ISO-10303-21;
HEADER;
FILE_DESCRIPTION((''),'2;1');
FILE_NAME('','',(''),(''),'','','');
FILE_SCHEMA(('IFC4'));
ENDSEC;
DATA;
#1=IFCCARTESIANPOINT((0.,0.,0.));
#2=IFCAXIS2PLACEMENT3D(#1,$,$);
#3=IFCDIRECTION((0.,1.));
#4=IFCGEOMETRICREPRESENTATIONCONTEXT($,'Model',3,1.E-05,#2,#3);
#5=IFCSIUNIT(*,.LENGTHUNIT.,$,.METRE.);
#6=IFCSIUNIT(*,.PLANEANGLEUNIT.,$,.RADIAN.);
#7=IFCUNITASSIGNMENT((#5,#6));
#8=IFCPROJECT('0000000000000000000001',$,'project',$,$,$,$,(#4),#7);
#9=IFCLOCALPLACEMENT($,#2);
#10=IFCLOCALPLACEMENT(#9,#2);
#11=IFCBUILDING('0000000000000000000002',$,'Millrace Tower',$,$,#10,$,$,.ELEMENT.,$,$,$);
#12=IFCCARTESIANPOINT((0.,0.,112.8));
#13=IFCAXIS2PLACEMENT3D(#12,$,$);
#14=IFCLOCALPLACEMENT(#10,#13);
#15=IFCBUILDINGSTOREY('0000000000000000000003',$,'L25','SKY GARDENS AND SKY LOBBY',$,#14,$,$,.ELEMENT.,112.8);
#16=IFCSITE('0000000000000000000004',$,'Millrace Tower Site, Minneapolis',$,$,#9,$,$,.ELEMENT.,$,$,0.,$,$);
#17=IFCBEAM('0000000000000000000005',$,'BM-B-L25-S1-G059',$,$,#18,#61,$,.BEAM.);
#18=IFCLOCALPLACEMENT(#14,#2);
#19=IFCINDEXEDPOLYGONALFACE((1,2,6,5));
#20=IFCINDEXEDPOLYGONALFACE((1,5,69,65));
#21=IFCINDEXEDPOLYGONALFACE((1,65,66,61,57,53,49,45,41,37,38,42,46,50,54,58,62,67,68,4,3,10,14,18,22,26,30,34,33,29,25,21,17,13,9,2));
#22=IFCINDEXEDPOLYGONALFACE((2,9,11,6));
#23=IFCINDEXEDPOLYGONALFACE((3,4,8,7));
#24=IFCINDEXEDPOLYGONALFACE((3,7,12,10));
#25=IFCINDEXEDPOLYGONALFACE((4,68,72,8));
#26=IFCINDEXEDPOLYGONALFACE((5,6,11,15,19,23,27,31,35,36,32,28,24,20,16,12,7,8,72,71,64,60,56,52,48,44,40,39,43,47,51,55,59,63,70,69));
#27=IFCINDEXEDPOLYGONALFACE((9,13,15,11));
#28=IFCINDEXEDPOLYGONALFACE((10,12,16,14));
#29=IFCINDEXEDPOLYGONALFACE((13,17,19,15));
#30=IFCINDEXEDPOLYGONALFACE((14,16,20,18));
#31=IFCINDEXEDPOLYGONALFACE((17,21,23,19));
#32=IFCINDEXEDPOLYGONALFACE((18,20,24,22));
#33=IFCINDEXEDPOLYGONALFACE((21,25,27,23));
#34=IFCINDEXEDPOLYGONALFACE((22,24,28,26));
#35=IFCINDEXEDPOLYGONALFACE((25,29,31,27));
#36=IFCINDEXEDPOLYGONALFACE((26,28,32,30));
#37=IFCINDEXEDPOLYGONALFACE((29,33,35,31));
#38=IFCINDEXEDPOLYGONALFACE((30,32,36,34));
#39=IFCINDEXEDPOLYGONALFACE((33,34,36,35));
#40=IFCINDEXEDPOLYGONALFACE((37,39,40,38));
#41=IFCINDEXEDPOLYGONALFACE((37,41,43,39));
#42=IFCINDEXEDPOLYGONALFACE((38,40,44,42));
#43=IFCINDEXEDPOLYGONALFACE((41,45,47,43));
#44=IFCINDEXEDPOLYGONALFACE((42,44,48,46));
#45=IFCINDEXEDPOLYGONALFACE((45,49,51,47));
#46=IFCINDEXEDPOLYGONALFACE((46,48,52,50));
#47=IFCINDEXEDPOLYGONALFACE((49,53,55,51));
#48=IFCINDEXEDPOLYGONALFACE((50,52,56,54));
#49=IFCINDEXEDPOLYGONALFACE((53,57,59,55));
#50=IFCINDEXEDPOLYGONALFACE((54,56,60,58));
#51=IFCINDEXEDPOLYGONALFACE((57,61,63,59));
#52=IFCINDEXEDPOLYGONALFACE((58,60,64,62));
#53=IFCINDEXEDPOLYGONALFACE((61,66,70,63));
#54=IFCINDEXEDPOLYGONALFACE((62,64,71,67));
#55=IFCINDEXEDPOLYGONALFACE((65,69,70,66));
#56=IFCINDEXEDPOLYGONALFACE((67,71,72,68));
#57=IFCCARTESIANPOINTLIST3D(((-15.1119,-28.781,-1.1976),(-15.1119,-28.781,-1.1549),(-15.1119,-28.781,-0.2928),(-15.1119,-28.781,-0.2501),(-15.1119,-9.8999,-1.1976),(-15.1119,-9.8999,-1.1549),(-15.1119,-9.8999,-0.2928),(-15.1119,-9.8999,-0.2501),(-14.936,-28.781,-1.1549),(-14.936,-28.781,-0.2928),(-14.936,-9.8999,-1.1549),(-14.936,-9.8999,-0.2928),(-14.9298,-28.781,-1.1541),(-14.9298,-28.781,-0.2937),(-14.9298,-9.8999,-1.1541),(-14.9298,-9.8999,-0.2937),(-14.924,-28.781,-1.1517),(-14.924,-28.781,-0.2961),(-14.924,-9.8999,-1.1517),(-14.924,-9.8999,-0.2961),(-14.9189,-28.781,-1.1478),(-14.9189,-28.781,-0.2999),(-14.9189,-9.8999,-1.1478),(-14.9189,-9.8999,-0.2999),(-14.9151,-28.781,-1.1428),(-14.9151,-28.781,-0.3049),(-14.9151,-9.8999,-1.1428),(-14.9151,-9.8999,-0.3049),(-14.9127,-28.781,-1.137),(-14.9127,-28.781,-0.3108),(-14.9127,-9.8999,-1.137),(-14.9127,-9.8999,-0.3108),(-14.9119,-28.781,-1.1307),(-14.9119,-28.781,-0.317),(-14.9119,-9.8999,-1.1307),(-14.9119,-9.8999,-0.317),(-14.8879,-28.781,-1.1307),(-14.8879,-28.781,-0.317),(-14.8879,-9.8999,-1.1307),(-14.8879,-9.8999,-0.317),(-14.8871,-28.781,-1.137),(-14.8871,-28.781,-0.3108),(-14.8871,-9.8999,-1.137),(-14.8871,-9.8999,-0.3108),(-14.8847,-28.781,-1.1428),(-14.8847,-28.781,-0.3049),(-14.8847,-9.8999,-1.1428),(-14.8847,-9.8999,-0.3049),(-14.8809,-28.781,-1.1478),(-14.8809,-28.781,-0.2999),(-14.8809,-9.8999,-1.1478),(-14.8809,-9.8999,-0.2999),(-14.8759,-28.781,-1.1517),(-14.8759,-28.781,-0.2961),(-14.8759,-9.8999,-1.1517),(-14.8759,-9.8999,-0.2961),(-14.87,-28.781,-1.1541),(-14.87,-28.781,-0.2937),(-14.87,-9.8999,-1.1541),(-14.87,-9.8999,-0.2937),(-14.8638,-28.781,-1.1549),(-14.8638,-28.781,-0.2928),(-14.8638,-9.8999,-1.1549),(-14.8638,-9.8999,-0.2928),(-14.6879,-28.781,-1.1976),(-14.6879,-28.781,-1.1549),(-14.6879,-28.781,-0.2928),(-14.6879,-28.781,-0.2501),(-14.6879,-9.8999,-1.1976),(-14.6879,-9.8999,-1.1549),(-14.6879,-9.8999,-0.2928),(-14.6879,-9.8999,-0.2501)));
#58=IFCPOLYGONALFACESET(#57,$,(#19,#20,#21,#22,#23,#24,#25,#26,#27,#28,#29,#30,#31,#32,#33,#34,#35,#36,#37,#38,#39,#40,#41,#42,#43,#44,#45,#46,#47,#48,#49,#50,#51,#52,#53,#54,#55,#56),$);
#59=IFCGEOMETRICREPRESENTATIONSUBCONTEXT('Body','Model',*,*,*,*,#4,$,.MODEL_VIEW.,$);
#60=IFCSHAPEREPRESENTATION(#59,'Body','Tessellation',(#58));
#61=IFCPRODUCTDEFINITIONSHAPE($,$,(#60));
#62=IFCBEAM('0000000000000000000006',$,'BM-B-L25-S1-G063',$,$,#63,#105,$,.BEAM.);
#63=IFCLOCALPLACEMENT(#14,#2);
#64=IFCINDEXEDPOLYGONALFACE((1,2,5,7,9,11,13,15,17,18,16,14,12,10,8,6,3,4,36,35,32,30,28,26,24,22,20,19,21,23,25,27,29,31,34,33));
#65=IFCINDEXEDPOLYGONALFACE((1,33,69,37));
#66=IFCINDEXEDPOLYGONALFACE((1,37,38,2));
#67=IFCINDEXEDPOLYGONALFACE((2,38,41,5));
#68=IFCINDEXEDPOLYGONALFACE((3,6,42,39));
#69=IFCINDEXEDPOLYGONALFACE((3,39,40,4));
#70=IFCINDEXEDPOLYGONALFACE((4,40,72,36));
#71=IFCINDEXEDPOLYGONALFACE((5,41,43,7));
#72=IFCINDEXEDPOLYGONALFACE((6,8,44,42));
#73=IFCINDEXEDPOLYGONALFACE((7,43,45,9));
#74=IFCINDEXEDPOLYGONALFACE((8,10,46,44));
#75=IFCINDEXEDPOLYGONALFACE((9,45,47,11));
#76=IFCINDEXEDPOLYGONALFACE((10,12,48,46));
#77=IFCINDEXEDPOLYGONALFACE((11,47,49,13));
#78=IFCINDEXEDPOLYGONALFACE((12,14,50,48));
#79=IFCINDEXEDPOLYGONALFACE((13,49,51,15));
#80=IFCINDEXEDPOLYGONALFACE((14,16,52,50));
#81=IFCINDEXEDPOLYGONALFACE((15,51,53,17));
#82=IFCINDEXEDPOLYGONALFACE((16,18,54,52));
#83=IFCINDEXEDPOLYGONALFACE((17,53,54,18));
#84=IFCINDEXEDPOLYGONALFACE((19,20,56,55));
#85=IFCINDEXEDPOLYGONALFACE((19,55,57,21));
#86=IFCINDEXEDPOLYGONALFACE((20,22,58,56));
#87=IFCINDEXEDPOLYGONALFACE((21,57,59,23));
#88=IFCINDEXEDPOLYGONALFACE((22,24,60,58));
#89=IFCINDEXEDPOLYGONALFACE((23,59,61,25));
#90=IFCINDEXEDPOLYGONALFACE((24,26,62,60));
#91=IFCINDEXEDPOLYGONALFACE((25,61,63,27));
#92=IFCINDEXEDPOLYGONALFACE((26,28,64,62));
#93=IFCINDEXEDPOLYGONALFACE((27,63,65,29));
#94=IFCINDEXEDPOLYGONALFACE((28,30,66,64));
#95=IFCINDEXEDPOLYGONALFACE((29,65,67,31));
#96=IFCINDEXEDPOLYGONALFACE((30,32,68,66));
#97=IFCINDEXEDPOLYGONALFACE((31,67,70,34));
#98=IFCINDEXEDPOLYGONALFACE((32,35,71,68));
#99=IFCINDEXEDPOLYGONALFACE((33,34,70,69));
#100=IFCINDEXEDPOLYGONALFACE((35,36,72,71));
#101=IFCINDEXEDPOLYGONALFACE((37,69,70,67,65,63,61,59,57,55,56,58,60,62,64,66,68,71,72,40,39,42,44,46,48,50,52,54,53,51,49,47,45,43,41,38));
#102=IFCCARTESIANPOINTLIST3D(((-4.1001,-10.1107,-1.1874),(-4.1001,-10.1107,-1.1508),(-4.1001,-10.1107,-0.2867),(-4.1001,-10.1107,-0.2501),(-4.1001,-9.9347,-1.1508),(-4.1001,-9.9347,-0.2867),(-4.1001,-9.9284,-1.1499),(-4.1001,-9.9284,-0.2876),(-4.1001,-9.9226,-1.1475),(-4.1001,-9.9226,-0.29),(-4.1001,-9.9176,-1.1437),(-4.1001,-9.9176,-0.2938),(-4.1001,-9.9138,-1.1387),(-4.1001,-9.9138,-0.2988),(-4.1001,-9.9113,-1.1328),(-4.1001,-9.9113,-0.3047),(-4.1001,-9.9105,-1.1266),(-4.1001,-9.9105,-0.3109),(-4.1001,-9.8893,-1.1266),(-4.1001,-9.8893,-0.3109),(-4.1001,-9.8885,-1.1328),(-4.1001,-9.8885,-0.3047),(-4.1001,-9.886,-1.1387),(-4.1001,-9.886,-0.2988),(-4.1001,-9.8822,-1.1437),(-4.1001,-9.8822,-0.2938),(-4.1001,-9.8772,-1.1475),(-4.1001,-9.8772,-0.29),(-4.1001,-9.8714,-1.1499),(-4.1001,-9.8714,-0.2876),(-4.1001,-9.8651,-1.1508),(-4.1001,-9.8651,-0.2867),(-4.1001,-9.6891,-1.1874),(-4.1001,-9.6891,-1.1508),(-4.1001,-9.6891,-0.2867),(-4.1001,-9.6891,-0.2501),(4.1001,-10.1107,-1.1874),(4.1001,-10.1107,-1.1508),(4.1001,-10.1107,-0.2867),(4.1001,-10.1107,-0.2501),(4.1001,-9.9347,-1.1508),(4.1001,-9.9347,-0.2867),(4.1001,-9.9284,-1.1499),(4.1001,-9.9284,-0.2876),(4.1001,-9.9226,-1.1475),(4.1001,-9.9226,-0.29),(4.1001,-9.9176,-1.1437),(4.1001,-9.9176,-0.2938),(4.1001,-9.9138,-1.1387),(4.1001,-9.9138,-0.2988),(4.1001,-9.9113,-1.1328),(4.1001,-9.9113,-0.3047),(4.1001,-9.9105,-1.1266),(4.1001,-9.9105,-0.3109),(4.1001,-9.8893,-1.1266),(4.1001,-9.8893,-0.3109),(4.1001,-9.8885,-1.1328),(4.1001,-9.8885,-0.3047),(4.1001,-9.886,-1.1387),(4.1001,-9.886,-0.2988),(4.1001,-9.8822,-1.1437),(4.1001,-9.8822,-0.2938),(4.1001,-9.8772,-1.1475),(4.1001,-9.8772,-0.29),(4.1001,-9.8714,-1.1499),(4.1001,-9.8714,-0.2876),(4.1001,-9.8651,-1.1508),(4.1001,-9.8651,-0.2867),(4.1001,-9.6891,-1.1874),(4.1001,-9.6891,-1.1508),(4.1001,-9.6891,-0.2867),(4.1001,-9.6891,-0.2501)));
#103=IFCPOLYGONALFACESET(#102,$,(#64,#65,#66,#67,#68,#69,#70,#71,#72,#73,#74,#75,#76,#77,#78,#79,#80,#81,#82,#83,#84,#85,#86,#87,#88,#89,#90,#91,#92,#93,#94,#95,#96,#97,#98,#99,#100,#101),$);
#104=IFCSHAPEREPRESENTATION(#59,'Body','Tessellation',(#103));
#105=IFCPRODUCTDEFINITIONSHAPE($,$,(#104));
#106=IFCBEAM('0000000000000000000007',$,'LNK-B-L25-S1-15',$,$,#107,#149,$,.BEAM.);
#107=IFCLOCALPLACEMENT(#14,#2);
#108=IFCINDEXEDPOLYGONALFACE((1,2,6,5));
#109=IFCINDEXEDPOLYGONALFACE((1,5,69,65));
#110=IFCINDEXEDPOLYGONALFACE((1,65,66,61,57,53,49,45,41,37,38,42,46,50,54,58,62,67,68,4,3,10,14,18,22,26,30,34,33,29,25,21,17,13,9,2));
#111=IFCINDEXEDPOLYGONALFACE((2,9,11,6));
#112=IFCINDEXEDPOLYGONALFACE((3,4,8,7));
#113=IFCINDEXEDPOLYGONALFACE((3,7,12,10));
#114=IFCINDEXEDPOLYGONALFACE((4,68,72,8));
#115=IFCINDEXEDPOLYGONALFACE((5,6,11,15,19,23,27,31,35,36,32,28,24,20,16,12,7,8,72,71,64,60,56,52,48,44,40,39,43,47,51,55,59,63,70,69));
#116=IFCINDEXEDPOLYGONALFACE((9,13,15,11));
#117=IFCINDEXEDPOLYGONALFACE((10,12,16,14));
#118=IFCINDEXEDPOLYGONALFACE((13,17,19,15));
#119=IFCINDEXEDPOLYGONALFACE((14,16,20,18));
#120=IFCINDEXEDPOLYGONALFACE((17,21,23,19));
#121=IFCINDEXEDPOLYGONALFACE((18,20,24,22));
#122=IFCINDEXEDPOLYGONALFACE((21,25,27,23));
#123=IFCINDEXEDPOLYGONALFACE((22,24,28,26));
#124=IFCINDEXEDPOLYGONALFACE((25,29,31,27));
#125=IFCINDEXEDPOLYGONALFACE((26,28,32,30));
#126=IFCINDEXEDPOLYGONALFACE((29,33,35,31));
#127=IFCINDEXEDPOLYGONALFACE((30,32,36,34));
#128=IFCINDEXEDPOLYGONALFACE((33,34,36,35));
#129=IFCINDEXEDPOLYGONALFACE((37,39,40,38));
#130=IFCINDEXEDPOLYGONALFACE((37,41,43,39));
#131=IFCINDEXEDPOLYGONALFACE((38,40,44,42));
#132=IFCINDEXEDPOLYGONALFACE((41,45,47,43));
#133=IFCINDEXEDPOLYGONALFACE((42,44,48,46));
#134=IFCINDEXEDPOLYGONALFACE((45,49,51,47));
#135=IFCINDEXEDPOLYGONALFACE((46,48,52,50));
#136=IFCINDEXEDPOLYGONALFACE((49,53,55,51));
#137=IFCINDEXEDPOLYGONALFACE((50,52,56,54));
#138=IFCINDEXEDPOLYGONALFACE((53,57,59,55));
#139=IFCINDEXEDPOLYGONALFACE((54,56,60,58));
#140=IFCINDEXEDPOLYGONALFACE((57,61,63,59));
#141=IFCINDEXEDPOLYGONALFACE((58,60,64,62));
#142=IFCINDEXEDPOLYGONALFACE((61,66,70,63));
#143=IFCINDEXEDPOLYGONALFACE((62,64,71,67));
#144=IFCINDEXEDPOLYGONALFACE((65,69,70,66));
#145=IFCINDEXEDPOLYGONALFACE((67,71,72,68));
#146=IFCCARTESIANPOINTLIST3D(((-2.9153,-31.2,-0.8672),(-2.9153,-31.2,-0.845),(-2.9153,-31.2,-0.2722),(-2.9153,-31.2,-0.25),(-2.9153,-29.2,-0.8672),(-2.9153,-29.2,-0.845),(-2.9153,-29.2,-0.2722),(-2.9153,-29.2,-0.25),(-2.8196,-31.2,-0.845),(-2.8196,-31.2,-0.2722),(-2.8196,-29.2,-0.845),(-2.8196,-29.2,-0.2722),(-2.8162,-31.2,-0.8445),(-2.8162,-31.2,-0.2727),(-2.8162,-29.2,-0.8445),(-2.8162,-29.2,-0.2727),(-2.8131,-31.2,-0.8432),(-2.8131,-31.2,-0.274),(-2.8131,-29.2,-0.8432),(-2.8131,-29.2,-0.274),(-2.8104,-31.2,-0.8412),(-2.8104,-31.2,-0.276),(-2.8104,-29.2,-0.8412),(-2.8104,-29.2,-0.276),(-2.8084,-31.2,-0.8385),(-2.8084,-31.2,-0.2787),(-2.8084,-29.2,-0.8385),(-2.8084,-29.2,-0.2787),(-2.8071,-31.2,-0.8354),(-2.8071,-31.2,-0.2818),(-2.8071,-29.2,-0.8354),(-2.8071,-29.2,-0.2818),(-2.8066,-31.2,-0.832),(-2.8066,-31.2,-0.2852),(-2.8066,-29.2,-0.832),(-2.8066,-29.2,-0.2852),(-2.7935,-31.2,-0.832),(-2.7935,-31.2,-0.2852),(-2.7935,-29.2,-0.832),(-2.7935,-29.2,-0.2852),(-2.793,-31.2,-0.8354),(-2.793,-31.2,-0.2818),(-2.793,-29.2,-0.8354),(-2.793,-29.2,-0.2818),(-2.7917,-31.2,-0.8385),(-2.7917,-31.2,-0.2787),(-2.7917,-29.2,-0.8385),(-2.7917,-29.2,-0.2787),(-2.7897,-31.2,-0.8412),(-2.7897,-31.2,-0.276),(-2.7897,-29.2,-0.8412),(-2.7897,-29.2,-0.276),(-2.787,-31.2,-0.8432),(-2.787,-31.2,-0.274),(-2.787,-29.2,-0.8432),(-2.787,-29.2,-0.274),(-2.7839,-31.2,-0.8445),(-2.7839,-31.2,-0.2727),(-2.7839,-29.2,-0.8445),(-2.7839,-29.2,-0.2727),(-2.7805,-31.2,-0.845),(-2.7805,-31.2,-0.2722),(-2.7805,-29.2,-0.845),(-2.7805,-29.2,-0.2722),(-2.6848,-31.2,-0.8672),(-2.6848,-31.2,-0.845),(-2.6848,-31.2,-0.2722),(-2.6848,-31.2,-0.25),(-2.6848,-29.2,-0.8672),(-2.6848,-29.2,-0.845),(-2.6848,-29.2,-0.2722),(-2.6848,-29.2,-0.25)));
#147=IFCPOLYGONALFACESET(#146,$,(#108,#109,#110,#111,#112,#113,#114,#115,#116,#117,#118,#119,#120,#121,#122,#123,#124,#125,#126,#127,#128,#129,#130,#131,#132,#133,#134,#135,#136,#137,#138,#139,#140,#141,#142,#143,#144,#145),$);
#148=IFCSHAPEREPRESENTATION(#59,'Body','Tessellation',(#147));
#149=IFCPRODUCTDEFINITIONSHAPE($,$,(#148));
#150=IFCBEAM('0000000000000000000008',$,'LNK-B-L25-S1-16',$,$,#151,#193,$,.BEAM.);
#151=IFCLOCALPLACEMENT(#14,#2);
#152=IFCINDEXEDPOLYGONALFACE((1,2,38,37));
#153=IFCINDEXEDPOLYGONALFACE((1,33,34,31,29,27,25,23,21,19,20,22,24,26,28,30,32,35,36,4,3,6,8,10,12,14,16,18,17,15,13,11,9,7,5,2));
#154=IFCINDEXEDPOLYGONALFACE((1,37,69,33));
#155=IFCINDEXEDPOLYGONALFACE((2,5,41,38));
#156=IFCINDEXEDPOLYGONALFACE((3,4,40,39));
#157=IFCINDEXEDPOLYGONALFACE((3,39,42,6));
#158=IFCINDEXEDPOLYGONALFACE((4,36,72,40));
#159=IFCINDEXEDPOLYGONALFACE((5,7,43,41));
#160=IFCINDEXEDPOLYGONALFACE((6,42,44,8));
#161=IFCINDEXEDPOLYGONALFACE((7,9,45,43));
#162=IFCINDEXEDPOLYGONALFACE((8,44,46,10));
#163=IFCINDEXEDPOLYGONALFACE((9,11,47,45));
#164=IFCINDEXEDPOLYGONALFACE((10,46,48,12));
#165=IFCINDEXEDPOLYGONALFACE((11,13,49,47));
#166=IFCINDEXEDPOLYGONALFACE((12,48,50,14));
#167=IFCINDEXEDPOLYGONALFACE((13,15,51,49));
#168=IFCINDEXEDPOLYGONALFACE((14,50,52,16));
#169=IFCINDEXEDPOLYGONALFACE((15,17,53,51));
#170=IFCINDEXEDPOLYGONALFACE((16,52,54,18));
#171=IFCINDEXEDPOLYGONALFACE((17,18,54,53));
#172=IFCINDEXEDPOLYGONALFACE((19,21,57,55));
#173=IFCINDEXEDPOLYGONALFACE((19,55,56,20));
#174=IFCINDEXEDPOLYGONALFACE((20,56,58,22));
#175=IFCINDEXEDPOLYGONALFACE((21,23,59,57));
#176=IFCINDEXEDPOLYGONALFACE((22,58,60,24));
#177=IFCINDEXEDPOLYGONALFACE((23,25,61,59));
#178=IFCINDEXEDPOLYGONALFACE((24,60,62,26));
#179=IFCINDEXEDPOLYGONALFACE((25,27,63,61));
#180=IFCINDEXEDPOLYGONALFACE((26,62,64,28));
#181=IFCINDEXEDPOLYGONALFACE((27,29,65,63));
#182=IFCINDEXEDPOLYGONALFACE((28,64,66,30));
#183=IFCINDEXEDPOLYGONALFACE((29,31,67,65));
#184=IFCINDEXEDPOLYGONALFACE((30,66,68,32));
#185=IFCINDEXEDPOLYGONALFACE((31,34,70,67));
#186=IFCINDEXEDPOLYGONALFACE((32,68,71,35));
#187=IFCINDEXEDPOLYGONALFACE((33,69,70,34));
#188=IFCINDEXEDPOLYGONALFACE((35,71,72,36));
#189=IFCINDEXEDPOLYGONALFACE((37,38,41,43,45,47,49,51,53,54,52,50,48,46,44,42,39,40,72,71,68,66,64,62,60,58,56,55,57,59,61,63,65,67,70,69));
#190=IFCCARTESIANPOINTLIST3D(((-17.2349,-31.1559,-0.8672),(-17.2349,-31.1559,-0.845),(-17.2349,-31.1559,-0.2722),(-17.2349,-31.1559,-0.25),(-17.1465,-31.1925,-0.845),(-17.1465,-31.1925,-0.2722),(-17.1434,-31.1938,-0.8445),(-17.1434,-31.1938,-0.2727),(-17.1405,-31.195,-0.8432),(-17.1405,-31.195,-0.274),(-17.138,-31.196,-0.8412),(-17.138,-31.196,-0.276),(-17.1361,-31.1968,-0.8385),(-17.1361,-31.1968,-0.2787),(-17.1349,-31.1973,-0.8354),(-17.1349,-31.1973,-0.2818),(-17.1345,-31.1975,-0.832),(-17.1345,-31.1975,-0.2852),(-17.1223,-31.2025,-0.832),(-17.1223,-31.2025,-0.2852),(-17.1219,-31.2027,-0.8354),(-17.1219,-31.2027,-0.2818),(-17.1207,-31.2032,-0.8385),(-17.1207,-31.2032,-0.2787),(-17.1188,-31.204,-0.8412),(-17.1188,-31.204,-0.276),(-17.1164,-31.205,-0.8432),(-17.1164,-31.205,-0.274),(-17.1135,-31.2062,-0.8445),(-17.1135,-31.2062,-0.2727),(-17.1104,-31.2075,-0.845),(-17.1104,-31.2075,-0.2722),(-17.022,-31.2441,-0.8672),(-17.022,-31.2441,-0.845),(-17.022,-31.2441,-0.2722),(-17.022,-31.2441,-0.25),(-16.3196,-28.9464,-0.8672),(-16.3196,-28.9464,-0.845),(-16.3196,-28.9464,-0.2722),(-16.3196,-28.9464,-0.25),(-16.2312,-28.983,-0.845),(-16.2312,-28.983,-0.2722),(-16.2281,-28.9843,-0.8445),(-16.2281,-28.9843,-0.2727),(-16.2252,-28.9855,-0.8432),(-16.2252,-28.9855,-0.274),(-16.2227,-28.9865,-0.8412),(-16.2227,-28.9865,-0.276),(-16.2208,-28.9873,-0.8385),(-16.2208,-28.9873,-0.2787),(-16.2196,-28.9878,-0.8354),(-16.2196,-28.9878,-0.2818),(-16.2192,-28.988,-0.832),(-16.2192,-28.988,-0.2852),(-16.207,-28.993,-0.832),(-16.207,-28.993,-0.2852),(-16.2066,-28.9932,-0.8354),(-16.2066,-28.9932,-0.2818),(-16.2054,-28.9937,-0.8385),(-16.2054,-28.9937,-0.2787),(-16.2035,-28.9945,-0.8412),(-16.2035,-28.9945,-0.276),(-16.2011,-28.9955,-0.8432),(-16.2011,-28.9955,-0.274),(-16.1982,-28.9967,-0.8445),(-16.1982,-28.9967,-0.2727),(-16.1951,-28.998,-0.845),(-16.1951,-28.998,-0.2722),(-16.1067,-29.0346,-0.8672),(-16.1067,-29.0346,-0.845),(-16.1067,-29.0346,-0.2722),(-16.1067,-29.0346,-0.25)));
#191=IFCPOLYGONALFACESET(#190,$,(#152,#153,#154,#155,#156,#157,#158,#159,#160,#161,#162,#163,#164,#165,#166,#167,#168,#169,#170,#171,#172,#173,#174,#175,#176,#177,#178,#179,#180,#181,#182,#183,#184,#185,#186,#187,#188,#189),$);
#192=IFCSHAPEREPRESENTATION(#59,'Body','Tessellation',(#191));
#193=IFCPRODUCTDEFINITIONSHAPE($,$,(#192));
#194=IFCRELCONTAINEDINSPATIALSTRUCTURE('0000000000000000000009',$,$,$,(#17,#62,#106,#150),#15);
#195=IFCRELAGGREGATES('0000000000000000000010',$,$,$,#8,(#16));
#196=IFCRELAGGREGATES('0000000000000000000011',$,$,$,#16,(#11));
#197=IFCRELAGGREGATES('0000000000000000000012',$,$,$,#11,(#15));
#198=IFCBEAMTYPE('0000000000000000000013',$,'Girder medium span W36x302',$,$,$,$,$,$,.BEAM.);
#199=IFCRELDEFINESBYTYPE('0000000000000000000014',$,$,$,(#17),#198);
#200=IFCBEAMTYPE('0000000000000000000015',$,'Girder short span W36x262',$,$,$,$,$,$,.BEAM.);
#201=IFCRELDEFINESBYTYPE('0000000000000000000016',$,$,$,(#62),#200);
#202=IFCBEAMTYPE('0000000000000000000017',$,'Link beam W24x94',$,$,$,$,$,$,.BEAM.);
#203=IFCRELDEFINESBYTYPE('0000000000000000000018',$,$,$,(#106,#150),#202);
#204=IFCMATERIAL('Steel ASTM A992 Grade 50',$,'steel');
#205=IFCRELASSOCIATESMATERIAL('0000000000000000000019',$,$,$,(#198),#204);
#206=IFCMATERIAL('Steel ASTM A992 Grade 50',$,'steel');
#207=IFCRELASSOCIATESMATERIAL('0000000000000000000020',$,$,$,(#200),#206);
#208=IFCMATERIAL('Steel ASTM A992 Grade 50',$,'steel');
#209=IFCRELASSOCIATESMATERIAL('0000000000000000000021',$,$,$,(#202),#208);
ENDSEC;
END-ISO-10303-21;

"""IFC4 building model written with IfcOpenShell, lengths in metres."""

from ifc_helpers import new_model, si_unit, direction, frame, origin, origin_2d, place, context, subcontext, project, spatial, i_section, extrude, material, material_profile, profile_set, type_object, element, save


model = new_model("IFC4")

# Units and contexts
model_context = context("Model", 3, precision=1e-05, world=origin(), true_north=direction((0.0, 1.0)))
body_context = subcontext(model_context, "Body", "Model", "MODEL_VIEW")
ifc_project = project(units=[si_unit("LENGTHUNIT", "METRE"), si_unit("PLANEANGLEUNIT", "RADIAN")], contexts=[model_context])

# Site, building, storey
site_placement = place(None, origin())
site = spatial("IfcSite", under=ifc_project, at=site_placement, Name="Millrace Tower Site, Minneapolis", CompositionType="ELEMENT", RefElevation=0.0)
building_placement = place(site_placement, origin())
building = spatial("IfcBuilding", under=site, at=building_placement, Name="Millrace Tower", CompositionType="ELEMENT")
storey_placement = place(building_placement, frame((0.0, 0.0, 112.8)))
storey = spatial("IfcBuildingStorey", under=building, at=storey_placement, Name="L25", Description="SKY GARDENS AND SKY LOBBY", CompositionType="ELEMENT", Elevation=112.8)

# Beams
ifc_material_1 = material(Name="Steel ASTM A992 Grade 50", Category="steel")
ifc_material_profile_1 = material_profile(ifc_material_1, i_section(OverallWidth=0.4241, OverallDepth=0.9475, WebThickness=0.0239, FlangeThickness=0.0427, FilletRadius=0.0242, at=origin_2d()))
ifc_profile_set_1 = profile_set([ifc_material_profile_1], Name="Steel ASTM A992 Grade 50")
beam_type_1 = type_object("IfcBeamType", Name="Girder medium span W36x302", PredefinedType="BEAM", material=ifc_profile_set_1)
beam_1_placement = place(storey_placement, frame((-14.8999, -28.781, -0.7239), z_axis=(0.0, 1.0, 0.0), x_axis=(-1.0, 0.0, 0.0)))
element("IfcBeam", 1, at=beam_1_placement, inside=storey, type_object=beam_type_1, Name="BM-B-L25-S1-G059", PredefinedType="BEAM", context=body_context, shape_type="SweptSolid", body=[
    extrude(i_section(OverallWidth=0.4241, OverallDepth=0.9475, WebThickness=0.0239, FlangeThickness=0.0427, FilletRadius=0.0242, at=origin_2d()), origin(), (0.0, 0.0, 1.0), 18.8811),
])
ifc_material_2 = material(Name="Steel ASTM A992 Grade 50", Category="steel")
ifc_material_profile_2 = material_profile(ifc_material_2, i_section(OverallWidth=0.4216, OverallDepth=0.9373, WebThickness=0.0212, FlangeThickness=0.0366, FilletRadius=0.0242, at=origin_2d()))
ifc_profile_set_2 = profile_set([ifc_material_profile_2], Name="Steel ASTM A992 Grade 50")
beam_type_2 = type_object("IfcBeamType", Name="Girder short span W36x262", PredefinedType="BEAM", material=ifc_profile_set_2)
beam_2_placement = place(storey_placement, frame((-4.1001, -9.8999, -0.7188), z_axis=(1.0, 0.0, 0.0), x_axis=(0.0, 1.0, 0.0)))
element("IfcBeam", 2, at=beam_2_placement, inside=storey, type_object=beam_type_2, Name="BM-B-L25-S1-G063", PredefinedType="BEAM", context=body_context, shape_type="SweptSolid", body=[
    extrude(i_section(OverallWidth=0.4216, OverallDepth=0.9373, WebThickness=0.0212, FlangeThickness=0.0366, FilletRadius=0.0242, at=origin_2d()), origin(), (0.0, 0.0, 1.0), 8.2002),
])
ifc_material_3 = material(Name="Steel ASTM A992 Grade 50", Category="steel")
ifc_material_profile_3 = material_profile(ifc_material_3, i_section(OverallWidth=0.2305, OverallDepth=0.6172, WebThickness=0.0132, FlangeThickness=0.0222, FilletRadius=0.0129, at=origin_2d()))
ifc_profile_set_3 = profile_set([ifc_material_profile_3], Name="Steel ASTM A992 Grade 50")
beam_type_3 = type_object("IfcBeamType", Name="Link beam W24x94", PredefinedType="BEAM", material=ifc_profile_set_3)
beam_3_placement = place(storey_placement, frame((-2.8, -29.2, -0.5586), z_axis=(0.0, -1.0, 0.0), x_axis=(1.0, 0.0, 0.0)))
element("IfcBeam", 3, at=beam_3_placement, inside=storey, type_object=beam_type_3, Name="LNK-B-L25-S1-15", PredefinedType="BEAM", context=body_context, shape_type="SweptSolid", body=[
    extrude(i_section(OverallWidth=0.2305, OverallDepth=0.6172, WebThickness=0.0132, FlangeThickness=0.0222, FilletRadius=0.0129, at=origin_2d()), origin(), (0.0, 0.0, 1.0), 2.0),
])
beam_4_placement = place(storey_placement, frame((-16.2131, -28.9905, -0.5586), z_axis=(-0.382715, -0.923866, 0.0), x_axis=(0.923866, -0.382715, 0.0)))
element("IfcBeam", 4, at=beam_4_placement, inside=storey, type_object=beam_type_3, Name="LNK-B-L25-S1-16", PredefinedType="BEAM", context=body_context, shape_type="SweptSolid", body=[
    extrude(i_section(OverallWidth=0.2305, OverallDepth=0.6172, WebThickness=0.0132, FlangeThickness=0.0222, FilletRadius=0.0129, at=origin_2d()), origin(), (0.0, 0.0, 1.0), 2.3916),
])

save(model, "model.ifc")
